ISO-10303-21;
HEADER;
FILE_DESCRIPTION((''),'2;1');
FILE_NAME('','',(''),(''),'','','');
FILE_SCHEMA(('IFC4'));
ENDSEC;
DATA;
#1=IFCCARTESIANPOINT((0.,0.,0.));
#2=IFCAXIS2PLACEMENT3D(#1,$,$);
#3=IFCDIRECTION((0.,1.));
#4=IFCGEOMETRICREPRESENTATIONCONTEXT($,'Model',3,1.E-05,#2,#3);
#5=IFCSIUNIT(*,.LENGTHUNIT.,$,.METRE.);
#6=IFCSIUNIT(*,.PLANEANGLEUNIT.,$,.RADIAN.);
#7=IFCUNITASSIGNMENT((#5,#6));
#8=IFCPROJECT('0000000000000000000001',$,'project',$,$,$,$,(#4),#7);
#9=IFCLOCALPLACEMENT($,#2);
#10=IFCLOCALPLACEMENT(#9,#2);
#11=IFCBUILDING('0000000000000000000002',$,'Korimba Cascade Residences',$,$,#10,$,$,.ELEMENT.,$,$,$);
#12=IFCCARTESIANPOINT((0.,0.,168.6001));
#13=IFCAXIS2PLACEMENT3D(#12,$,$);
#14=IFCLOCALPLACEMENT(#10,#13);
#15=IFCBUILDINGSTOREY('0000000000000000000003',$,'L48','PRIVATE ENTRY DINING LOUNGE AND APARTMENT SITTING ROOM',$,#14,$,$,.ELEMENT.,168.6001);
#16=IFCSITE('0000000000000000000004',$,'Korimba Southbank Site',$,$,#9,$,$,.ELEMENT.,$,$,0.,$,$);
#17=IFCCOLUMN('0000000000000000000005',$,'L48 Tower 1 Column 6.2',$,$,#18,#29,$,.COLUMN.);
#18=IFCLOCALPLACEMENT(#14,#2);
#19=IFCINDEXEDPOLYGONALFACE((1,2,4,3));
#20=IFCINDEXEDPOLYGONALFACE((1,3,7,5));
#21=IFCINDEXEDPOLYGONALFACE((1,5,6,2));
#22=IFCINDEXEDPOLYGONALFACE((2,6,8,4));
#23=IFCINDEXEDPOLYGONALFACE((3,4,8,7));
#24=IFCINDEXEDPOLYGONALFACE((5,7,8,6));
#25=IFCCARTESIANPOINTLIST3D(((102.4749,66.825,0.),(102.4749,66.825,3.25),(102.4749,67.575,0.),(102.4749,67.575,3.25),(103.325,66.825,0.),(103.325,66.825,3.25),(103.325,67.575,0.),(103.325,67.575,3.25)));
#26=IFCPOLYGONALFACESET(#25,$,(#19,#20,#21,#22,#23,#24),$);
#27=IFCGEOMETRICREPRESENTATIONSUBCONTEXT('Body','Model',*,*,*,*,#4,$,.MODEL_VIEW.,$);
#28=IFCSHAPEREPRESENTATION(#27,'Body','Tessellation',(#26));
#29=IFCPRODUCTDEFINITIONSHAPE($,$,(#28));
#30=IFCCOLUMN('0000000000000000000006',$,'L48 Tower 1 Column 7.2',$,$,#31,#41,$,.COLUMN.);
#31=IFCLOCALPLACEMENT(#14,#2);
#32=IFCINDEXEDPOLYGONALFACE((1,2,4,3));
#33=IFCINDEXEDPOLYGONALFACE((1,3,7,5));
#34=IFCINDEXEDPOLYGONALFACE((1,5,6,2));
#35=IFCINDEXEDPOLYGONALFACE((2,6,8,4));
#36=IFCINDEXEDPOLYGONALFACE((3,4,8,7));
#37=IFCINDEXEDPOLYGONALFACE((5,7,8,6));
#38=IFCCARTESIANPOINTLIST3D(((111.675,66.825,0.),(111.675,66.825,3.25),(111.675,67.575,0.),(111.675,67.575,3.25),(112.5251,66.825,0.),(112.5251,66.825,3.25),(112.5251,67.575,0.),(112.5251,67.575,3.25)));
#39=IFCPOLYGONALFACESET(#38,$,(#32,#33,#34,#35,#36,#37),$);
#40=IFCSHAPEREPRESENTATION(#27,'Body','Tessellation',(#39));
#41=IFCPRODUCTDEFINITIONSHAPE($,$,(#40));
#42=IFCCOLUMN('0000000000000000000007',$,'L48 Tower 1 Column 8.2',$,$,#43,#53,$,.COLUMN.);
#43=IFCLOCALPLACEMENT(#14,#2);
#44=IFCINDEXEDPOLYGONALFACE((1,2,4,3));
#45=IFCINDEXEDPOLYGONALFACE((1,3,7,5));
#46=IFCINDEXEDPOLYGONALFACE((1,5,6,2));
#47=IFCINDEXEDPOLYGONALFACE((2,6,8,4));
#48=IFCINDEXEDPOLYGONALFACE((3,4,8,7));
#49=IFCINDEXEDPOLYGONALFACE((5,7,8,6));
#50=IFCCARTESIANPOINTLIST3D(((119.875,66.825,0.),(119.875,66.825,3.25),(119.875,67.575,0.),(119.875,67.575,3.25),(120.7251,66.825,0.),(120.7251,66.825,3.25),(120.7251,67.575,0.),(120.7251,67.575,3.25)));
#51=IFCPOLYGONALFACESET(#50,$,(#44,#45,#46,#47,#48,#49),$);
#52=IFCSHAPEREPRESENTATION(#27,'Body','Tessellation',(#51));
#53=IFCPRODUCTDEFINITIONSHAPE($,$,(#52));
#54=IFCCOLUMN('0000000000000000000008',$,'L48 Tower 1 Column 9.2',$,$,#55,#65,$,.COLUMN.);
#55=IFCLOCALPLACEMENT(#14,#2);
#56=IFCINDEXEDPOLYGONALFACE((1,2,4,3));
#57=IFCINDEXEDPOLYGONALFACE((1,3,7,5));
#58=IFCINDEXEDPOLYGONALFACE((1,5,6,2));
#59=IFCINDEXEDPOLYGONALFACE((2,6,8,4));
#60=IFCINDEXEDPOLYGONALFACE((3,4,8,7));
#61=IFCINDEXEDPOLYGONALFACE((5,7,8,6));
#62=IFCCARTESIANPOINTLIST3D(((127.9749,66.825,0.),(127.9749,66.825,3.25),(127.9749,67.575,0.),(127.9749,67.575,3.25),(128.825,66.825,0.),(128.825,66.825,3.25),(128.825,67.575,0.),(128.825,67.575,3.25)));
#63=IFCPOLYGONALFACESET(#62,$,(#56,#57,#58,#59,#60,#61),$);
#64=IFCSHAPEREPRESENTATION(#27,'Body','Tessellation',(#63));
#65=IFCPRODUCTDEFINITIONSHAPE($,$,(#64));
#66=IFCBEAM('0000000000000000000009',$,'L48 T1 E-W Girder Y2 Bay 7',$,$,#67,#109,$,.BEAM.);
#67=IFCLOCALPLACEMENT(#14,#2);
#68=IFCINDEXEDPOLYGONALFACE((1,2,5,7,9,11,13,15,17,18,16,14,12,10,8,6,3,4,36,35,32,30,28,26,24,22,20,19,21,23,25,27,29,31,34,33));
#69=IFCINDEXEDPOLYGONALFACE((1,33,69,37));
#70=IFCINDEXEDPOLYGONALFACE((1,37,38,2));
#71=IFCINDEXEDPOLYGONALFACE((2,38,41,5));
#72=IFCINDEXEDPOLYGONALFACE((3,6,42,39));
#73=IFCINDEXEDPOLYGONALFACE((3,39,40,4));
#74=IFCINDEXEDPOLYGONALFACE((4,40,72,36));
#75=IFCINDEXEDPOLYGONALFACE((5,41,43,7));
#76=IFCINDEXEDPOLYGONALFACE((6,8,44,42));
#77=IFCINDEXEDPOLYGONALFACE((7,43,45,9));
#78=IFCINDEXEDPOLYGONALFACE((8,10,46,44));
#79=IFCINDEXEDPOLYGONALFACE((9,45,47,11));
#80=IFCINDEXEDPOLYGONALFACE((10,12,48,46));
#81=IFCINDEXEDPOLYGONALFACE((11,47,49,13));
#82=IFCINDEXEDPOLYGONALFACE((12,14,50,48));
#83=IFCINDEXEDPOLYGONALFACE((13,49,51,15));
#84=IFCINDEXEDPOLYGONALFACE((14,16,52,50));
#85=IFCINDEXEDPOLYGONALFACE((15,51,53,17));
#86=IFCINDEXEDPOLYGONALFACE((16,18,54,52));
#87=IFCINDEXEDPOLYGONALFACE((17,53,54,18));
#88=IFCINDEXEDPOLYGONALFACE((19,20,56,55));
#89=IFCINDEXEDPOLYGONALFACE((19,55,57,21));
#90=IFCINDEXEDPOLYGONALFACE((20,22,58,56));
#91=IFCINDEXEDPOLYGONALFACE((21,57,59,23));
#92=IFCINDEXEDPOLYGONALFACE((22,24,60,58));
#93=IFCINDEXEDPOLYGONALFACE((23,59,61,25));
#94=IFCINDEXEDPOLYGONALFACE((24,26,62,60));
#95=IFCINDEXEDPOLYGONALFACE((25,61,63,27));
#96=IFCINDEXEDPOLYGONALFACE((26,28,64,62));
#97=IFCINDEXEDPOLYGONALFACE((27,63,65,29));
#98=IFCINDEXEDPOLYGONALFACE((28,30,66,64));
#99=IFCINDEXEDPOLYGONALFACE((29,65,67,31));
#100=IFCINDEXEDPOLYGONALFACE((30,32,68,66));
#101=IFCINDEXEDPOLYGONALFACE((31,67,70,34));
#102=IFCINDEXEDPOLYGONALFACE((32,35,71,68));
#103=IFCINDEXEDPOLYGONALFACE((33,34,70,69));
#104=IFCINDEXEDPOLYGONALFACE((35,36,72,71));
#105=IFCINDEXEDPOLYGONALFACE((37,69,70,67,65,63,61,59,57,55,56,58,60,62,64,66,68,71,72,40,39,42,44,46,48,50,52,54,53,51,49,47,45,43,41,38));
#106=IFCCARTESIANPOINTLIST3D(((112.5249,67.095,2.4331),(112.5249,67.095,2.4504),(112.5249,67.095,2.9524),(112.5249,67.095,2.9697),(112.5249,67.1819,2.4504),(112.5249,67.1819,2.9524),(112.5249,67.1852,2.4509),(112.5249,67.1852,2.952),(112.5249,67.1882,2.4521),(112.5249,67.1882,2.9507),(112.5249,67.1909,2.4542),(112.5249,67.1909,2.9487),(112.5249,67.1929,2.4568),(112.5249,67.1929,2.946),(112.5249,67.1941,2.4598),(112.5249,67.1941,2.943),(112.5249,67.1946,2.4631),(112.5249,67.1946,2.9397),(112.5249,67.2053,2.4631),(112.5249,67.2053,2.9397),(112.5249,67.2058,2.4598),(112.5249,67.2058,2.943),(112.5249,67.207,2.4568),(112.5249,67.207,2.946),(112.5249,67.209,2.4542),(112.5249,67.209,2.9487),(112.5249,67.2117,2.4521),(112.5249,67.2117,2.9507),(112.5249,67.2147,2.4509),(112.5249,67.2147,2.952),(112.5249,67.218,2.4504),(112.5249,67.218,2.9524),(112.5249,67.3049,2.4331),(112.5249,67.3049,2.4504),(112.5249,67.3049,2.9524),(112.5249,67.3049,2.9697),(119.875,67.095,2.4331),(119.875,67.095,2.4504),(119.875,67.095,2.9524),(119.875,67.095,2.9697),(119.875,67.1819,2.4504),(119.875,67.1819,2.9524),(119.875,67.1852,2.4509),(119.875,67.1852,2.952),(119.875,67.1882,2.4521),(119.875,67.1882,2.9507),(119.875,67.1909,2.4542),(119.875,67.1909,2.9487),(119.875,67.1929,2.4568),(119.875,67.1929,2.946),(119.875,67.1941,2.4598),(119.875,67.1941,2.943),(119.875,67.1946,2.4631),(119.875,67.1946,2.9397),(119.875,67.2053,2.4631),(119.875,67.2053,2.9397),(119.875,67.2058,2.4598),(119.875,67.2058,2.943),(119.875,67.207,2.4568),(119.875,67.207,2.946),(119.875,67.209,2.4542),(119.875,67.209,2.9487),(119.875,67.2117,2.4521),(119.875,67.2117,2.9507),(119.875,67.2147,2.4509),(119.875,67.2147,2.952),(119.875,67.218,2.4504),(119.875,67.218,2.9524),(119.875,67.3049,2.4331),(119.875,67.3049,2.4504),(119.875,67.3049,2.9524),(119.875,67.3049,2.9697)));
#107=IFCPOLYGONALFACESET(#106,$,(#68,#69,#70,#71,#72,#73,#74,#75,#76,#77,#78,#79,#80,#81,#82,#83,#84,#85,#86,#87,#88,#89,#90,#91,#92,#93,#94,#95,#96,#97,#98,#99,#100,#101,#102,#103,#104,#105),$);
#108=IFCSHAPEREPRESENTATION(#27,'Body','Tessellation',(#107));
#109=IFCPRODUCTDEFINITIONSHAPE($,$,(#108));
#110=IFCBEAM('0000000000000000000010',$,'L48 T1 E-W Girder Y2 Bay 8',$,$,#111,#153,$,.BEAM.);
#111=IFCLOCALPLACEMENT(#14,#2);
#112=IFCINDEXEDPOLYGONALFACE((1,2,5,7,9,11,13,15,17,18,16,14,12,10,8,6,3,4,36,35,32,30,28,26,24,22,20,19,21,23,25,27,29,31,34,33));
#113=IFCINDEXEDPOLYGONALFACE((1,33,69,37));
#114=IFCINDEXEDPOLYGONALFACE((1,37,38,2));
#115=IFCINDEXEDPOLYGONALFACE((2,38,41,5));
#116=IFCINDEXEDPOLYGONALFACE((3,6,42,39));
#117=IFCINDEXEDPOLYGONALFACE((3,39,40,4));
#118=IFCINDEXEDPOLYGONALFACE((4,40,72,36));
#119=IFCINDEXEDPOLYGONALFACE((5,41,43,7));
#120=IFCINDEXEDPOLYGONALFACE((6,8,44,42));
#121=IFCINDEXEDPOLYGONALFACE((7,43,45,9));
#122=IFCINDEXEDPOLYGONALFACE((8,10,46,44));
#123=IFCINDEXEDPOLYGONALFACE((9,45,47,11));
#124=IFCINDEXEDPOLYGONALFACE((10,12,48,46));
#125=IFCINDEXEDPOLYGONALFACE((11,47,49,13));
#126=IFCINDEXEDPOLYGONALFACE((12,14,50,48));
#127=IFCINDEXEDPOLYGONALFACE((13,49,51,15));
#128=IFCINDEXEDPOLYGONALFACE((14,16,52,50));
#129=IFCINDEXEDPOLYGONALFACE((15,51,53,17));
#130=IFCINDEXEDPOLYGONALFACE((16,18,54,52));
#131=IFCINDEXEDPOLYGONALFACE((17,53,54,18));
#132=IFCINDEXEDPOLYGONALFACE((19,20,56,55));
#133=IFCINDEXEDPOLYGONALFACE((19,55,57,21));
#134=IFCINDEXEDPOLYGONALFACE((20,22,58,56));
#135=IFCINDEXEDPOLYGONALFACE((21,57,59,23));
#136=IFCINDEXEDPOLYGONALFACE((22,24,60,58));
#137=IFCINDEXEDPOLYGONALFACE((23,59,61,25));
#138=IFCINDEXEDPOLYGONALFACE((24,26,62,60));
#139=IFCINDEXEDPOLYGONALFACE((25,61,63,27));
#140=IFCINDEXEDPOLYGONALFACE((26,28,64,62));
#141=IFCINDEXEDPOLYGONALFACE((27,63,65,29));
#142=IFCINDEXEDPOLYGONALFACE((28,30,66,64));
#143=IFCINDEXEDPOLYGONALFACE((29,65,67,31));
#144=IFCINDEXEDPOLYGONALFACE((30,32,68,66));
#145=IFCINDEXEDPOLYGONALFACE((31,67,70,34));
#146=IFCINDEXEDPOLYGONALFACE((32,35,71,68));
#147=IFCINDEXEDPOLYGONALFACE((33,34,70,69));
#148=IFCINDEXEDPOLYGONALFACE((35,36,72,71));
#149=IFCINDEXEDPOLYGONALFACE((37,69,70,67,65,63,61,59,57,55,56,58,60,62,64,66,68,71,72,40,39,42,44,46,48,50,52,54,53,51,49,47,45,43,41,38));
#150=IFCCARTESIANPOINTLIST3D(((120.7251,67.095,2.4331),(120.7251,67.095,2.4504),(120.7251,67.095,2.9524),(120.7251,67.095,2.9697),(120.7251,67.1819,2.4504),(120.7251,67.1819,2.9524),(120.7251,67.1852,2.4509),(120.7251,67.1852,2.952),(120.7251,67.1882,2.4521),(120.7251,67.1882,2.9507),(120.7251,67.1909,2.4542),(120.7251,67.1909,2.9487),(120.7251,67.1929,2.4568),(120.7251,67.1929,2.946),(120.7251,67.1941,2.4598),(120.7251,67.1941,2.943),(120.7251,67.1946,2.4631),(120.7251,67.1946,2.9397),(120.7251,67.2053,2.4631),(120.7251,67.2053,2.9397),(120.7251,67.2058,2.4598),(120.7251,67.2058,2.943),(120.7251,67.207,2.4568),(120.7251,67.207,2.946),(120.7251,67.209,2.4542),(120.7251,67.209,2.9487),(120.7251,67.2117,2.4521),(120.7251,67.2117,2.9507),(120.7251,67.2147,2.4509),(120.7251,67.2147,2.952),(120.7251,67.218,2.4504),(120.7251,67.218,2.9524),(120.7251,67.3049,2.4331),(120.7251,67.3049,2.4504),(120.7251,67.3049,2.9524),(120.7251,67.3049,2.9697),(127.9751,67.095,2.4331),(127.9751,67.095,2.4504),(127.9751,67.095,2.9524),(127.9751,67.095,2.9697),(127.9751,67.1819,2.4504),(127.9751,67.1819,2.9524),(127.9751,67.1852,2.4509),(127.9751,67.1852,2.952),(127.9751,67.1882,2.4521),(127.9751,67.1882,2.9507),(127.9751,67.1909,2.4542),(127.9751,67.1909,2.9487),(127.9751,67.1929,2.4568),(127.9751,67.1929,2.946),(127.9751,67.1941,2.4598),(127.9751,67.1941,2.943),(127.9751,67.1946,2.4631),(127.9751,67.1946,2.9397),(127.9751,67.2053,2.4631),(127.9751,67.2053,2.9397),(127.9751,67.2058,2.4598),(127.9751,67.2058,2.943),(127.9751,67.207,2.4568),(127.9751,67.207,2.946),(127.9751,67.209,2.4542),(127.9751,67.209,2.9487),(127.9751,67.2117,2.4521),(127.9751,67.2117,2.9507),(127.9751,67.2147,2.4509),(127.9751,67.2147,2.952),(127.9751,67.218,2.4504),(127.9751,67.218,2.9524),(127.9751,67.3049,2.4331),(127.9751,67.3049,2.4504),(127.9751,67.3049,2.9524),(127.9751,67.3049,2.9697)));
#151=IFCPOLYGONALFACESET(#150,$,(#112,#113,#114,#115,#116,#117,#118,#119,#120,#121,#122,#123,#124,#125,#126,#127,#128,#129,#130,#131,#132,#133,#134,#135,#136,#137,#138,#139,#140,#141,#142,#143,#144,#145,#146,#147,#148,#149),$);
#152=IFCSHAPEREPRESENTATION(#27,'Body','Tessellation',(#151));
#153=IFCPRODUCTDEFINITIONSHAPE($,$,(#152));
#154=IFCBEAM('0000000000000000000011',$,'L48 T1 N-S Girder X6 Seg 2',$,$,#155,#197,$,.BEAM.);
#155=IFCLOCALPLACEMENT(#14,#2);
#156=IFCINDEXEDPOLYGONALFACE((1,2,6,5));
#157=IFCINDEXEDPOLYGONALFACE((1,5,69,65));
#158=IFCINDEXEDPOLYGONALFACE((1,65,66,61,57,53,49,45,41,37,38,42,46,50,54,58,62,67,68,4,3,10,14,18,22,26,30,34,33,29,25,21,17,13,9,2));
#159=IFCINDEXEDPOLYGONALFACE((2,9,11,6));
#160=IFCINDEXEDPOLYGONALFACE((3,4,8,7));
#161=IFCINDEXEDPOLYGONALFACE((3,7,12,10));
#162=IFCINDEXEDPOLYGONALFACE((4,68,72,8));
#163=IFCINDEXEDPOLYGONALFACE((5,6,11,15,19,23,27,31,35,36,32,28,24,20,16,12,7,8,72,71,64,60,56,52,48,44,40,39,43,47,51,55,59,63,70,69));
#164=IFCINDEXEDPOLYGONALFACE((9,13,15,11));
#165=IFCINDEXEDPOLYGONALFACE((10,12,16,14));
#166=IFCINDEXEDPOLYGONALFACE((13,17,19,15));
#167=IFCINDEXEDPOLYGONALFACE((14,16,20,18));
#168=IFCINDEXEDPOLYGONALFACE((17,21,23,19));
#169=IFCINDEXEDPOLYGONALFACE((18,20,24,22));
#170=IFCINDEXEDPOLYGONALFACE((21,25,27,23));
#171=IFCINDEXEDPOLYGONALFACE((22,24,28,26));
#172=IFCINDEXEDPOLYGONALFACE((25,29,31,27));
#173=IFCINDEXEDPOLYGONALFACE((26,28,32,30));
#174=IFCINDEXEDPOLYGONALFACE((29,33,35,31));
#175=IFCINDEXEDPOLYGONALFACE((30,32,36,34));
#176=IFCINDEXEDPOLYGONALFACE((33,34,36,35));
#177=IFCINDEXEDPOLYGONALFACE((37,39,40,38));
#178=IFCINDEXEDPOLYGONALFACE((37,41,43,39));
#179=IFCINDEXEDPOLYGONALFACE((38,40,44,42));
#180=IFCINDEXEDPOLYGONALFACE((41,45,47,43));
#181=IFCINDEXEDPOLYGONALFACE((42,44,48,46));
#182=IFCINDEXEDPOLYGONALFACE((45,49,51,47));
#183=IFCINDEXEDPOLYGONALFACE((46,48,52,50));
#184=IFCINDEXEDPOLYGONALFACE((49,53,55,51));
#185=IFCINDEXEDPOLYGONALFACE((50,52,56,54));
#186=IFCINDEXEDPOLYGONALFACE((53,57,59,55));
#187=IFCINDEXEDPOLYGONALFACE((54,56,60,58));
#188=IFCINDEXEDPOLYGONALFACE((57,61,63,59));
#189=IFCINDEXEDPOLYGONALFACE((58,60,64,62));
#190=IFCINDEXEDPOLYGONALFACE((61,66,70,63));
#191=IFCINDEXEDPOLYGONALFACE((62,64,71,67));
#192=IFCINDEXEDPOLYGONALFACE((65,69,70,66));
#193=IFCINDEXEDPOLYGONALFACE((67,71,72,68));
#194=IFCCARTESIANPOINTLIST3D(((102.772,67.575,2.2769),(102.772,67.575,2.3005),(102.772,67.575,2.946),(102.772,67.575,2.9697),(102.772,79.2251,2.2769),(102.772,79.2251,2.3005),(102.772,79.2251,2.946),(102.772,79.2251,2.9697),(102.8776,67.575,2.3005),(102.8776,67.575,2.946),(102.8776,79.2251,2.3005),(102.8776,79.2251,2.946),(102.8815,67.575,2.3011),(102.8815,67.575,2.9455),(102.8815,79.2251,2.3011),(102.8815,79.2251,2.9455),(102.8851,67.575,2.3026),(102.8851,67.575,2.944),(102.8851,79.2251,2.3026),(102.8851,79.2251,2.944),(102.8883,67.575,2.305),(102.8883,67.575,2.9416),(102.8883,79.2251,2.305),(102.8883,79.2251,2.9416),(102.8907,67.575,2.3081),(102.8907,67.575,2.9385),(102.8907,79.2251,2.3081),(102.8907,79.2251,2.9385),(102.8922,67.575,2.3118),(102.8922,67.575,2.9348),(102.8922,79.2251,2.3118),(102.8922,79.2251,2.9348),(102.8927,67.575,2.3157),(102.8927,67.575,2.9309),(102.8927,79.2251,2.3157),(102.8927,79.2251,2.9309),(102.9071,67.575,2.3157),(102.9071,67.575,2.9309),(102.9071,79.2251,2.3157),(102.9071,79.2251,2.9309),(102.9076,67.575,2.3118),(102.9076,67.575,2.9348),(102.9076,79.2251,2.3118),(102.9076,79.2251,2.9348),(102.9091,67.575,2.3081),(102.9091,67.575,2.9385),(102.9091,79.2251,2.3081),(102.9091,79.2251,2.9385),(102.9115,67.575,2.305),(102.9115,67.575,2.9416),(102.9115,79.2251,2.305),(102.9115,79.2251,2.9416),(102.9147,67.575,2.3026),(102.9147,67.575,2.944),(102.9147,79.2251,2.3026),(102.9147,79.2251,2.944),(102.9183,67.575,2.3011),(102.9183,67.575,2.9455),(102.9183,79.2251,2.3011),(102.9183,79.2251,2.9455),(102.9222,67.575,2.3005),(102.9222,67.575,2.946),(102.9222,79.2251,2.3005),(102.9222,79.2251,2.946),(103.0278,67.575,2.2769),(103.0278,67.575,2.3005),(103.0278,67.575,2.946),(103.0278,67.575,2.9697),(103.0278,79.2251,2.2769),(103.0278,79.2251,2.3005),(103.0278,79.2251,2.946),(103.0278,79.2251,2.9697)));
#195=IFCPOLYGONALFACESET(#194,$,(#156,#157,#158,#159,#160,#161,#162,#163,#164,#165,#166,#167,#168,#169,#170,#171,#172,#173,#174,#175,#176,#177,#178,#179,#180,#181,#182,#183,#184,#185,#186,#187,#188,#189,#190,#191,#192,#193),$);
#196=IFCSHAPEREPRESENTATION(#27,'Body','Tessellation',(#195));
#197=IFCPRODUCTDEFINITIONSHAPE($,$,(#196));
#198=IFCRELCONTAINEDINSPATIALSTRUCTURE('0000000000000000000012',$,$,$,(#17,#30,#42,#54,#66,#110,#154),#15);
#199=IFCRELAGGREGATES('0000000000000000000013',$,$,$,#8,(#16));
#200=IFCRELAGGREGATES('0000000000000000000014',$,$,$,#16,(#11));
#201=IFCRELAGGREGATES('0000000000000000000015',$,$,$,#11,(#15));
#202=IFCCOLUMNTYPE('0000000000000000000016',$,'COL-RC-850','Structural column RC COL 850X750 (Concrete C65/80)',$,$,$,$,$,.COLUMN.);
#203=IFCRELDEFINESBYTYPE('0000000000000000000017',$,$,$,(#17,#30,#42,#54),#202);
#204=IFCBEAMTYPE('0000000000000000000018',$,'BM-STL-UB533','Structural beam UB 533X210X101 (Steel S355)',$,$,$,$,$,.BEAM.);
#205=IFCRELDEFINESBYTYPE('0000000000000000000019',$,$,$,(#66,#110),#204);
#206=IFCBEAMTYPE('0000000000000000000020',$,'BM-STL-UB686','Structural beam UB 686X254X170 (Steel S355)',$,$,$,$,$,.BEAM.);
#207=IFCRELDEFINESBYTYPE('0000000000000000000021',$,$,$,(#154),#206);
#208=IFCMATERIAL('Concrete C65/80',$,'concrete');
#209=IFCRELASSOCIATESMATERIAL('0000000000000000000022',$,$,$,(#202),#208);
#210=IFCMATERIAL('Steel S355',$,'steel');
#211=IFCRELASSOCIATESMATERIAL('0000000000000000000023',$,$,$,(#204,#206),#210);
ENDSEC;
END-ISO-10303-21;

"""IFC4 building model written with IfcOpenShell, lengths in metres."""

from ifc_helpers import new_model, si_unit, direction, frame, origin, origin_2d, place, context, subcontext, project, spatial, rectangle, i_section, extrude, material, material_profile, profile_set, type_object, element, save


model = new_model("IFC4")

# Units and contexts
model_context = context("Model", 3, precision=1e-05, world=origin(), true_north=direction((0.0, 1.0)))
body_context = subcontext(model_context, "Body", "Model", "MODEL_VIEW")
ifc_project = project(units=[si_unit("LENGTHUNIT", "METRE"), si_unit("PLANEANGLEUNIT", "RADIAN")], contexts=[model_context])

# Site, building, storey
site_placement = place(None, origin())
site = spatial("IfcSite", under=ifc_project, at=site_placement, Name="Korimba Southbank Site", CompositionType="ELEMENT", RefElevation=0.0)
building_placement = place(site_placement, origin())
building = spatial("IfcBuilding", under=site, at=building_placement, Name="Korimba Cascade Residences", CompositionType="ELEMENT")
storey_placement = place(building_placement, frame((0.0, 0.0, 168.6001)))
storey = spatial("IfcBuildingStorey", under=building, at=storey_placement, Name="L48", Description="PRIVATE ENTRY DINING LOUNGE AND APARTMENT SITTING ROOM", CompositionType="ELEMENT", Elevation=168.6001)

# Columns
ifc_material_1 = material(Name="Concrete C65/80", Category="concrete")
ifc_material_profile_1 = material_profile(ifc_material_1, rectangle(XDim=0.8501, YDim=0.75, at=origin_2d()), Name="Concrete C65/80")
ifc_profile_set_1 = profile_set([ifc_material_profile_1], Name="Concrete C65/80")
column_type = type_object("IfcColumnType", Name="COL-RC-850", Description="Structural column RC COL 850X750 (Concrete C65/80)", PredefinedType="COLUMN", material=ifc_profile_set_1)
for number, where, z_axis, x_axis, name in (
    (1, (102.8999, 67.2, 0.0), (0.0, 0.0, 1.0), (1.0, 0.0, 0.0), "L48 Tower 1 Column 6.2"),
    (2, (112.1001, 67.2, 0.0), (0.0, 0.0, 1.0), (1.0, 0.0, 0.0), "L48 Tower 1 Column 7.2"),
    (3, (120.3, 67.2, 0.0), (0.0, 0.0, 1.0), (1.0, 0.0, 0.0), "L48 Tower 1 Column 8.2"),
    (4, (128.3999, 67.2, 0.0), (0.0, 0.0, 1.0), (1.0, 0.0, 0.0), "L48 Tower 1 Column 9.2"),
):
    element("IfcColumn", number, at=place(storey_placement, frame(where, z_axis=z_axis, x_axis=x_axis)), inside=storey, type_object=column_type, Name=name, PredefinedType="COLUMN", context=body_context, shape_type="SweptSolid", body=[
        extrude(rectangle(XDim=0.8501, YDim=0.75, at=origin_2d()), origin(), (0.0, 0.0, 1.0), 3.25),
    ])

# Beams
ifc_material_2 = material(Name="Steel S355", Category="steel")
ifc_material_profile_2 = material_profile(ifc_material_2, i_section(OverallWidth=0.21, OverallDepth=0.5366, WebThickness=0.0107, FlangeThickness=0.0173, FilletRadius=0.0127, at=origin_2d()), Name="Steel S355")
ifc_profile_set_2 = profile_set([ifc_material_profile_2], Name="Steel S355")
beam_type_1 = type_object("IfcBeamType", Name="BM-STL-UB533", Description="Structural beam UB 533X210X101 (Steel S355)", PredefinedType="BEAM", material=ifc_profile_set_2)
beam_1_placement = place(storey_placement, frame((112.5249, 67.2, 2.7014), z_axis=(1.0, 0.0, 0.0), x_axis=(0.0, 1.0, 0.0)))
element("IfcBeam", 5, at=beam_1_placement, inside=storey, type_object=beam_type_1, Name="L48 T1 E-W Girder Y2 Bay 7", PredefinedType="BEAM", context=body_context, shape_type="SweptSolid", body=[
    extrude(i_section(OverallWidth=0.21, OverallDepth=0.5366, WebThickness=0.0107, FlangeThickness=0.0173, FilletRadius=0.0127, at=origin_2d()), origin(), (0.0, 0.0, 1.0), 7.3501),
])
beam_2_placement = place(storey_placement, frame((120.7251, 67.2, 2.7014), z_axis=(1.0, 0.0, 0.0), x_axis=(0.0, 1.0, 0.0)))
element("IfcBeam", 6, at=beam_2_placement, inside=storey, type_object=beam_type_1, Name="L48 T1 E-W Girder Y2 Bay 8", PredefinedType="BEAM", context=body_context, shape_type="SweptSolid", body=[
    extrude(i_section(OverallWidth=0.21, OverallDepth=0.5366, WebThickness=0.0107, FlangeThickness=0.0173, FilletRadius=0.0127, at=origin_2d()), origin(), (0.0, 0.0, 1.0), 7.25),
])
ifc_material_profile_3 = material_profile(ifc_material_2, i_section(OverallWidth=0.2559, OverallDepth=0.6929, WebThickness=0.0144, FlangeThickness=0.0237, FilletRadius=0.0151, at=origin_2d()), Name="Steel S355")
ifc_profile_set_3 = profile_set([ifc_material_profile_3], Name="Steel S355")
beam_type_2 = type_object("IfcBeamType", Name="BM-STL-UB686", Description="Structural beam UB 686X254X170 (Steel S355)", PredefinedType="BEAM", material=ifc_profile_set_3)
for number, where, z_axis, x_axis, name in (
    (7, (102.8999, 67.575, 2.6233), (0.0, 1.0, 0.0), (-1.0, 0.0, 0.0), "L48 T1 N-S Girder X6 Seg 2"),
):
    element("IfcBeam", number, at=place(storey_placement, frame(where, z_axis=z_axis, x_axis=x_axis)), inside=storey, type_object=beam_type_2, Name=name, PredefinedType="BEAM", context=body_context, shape_type="SweptSolid", body=[
        extrude(i_section(OverallWidth=0.2559, OverallDepth=0.6929, WebThickness=0.0144, FlangeThickness=0.0237, FilletRadius=0.0151, at=origin_2d()), origin(), (0.0, 0.0, 1.0), 11.6501),
    ])

save(model, "model.ifc")
